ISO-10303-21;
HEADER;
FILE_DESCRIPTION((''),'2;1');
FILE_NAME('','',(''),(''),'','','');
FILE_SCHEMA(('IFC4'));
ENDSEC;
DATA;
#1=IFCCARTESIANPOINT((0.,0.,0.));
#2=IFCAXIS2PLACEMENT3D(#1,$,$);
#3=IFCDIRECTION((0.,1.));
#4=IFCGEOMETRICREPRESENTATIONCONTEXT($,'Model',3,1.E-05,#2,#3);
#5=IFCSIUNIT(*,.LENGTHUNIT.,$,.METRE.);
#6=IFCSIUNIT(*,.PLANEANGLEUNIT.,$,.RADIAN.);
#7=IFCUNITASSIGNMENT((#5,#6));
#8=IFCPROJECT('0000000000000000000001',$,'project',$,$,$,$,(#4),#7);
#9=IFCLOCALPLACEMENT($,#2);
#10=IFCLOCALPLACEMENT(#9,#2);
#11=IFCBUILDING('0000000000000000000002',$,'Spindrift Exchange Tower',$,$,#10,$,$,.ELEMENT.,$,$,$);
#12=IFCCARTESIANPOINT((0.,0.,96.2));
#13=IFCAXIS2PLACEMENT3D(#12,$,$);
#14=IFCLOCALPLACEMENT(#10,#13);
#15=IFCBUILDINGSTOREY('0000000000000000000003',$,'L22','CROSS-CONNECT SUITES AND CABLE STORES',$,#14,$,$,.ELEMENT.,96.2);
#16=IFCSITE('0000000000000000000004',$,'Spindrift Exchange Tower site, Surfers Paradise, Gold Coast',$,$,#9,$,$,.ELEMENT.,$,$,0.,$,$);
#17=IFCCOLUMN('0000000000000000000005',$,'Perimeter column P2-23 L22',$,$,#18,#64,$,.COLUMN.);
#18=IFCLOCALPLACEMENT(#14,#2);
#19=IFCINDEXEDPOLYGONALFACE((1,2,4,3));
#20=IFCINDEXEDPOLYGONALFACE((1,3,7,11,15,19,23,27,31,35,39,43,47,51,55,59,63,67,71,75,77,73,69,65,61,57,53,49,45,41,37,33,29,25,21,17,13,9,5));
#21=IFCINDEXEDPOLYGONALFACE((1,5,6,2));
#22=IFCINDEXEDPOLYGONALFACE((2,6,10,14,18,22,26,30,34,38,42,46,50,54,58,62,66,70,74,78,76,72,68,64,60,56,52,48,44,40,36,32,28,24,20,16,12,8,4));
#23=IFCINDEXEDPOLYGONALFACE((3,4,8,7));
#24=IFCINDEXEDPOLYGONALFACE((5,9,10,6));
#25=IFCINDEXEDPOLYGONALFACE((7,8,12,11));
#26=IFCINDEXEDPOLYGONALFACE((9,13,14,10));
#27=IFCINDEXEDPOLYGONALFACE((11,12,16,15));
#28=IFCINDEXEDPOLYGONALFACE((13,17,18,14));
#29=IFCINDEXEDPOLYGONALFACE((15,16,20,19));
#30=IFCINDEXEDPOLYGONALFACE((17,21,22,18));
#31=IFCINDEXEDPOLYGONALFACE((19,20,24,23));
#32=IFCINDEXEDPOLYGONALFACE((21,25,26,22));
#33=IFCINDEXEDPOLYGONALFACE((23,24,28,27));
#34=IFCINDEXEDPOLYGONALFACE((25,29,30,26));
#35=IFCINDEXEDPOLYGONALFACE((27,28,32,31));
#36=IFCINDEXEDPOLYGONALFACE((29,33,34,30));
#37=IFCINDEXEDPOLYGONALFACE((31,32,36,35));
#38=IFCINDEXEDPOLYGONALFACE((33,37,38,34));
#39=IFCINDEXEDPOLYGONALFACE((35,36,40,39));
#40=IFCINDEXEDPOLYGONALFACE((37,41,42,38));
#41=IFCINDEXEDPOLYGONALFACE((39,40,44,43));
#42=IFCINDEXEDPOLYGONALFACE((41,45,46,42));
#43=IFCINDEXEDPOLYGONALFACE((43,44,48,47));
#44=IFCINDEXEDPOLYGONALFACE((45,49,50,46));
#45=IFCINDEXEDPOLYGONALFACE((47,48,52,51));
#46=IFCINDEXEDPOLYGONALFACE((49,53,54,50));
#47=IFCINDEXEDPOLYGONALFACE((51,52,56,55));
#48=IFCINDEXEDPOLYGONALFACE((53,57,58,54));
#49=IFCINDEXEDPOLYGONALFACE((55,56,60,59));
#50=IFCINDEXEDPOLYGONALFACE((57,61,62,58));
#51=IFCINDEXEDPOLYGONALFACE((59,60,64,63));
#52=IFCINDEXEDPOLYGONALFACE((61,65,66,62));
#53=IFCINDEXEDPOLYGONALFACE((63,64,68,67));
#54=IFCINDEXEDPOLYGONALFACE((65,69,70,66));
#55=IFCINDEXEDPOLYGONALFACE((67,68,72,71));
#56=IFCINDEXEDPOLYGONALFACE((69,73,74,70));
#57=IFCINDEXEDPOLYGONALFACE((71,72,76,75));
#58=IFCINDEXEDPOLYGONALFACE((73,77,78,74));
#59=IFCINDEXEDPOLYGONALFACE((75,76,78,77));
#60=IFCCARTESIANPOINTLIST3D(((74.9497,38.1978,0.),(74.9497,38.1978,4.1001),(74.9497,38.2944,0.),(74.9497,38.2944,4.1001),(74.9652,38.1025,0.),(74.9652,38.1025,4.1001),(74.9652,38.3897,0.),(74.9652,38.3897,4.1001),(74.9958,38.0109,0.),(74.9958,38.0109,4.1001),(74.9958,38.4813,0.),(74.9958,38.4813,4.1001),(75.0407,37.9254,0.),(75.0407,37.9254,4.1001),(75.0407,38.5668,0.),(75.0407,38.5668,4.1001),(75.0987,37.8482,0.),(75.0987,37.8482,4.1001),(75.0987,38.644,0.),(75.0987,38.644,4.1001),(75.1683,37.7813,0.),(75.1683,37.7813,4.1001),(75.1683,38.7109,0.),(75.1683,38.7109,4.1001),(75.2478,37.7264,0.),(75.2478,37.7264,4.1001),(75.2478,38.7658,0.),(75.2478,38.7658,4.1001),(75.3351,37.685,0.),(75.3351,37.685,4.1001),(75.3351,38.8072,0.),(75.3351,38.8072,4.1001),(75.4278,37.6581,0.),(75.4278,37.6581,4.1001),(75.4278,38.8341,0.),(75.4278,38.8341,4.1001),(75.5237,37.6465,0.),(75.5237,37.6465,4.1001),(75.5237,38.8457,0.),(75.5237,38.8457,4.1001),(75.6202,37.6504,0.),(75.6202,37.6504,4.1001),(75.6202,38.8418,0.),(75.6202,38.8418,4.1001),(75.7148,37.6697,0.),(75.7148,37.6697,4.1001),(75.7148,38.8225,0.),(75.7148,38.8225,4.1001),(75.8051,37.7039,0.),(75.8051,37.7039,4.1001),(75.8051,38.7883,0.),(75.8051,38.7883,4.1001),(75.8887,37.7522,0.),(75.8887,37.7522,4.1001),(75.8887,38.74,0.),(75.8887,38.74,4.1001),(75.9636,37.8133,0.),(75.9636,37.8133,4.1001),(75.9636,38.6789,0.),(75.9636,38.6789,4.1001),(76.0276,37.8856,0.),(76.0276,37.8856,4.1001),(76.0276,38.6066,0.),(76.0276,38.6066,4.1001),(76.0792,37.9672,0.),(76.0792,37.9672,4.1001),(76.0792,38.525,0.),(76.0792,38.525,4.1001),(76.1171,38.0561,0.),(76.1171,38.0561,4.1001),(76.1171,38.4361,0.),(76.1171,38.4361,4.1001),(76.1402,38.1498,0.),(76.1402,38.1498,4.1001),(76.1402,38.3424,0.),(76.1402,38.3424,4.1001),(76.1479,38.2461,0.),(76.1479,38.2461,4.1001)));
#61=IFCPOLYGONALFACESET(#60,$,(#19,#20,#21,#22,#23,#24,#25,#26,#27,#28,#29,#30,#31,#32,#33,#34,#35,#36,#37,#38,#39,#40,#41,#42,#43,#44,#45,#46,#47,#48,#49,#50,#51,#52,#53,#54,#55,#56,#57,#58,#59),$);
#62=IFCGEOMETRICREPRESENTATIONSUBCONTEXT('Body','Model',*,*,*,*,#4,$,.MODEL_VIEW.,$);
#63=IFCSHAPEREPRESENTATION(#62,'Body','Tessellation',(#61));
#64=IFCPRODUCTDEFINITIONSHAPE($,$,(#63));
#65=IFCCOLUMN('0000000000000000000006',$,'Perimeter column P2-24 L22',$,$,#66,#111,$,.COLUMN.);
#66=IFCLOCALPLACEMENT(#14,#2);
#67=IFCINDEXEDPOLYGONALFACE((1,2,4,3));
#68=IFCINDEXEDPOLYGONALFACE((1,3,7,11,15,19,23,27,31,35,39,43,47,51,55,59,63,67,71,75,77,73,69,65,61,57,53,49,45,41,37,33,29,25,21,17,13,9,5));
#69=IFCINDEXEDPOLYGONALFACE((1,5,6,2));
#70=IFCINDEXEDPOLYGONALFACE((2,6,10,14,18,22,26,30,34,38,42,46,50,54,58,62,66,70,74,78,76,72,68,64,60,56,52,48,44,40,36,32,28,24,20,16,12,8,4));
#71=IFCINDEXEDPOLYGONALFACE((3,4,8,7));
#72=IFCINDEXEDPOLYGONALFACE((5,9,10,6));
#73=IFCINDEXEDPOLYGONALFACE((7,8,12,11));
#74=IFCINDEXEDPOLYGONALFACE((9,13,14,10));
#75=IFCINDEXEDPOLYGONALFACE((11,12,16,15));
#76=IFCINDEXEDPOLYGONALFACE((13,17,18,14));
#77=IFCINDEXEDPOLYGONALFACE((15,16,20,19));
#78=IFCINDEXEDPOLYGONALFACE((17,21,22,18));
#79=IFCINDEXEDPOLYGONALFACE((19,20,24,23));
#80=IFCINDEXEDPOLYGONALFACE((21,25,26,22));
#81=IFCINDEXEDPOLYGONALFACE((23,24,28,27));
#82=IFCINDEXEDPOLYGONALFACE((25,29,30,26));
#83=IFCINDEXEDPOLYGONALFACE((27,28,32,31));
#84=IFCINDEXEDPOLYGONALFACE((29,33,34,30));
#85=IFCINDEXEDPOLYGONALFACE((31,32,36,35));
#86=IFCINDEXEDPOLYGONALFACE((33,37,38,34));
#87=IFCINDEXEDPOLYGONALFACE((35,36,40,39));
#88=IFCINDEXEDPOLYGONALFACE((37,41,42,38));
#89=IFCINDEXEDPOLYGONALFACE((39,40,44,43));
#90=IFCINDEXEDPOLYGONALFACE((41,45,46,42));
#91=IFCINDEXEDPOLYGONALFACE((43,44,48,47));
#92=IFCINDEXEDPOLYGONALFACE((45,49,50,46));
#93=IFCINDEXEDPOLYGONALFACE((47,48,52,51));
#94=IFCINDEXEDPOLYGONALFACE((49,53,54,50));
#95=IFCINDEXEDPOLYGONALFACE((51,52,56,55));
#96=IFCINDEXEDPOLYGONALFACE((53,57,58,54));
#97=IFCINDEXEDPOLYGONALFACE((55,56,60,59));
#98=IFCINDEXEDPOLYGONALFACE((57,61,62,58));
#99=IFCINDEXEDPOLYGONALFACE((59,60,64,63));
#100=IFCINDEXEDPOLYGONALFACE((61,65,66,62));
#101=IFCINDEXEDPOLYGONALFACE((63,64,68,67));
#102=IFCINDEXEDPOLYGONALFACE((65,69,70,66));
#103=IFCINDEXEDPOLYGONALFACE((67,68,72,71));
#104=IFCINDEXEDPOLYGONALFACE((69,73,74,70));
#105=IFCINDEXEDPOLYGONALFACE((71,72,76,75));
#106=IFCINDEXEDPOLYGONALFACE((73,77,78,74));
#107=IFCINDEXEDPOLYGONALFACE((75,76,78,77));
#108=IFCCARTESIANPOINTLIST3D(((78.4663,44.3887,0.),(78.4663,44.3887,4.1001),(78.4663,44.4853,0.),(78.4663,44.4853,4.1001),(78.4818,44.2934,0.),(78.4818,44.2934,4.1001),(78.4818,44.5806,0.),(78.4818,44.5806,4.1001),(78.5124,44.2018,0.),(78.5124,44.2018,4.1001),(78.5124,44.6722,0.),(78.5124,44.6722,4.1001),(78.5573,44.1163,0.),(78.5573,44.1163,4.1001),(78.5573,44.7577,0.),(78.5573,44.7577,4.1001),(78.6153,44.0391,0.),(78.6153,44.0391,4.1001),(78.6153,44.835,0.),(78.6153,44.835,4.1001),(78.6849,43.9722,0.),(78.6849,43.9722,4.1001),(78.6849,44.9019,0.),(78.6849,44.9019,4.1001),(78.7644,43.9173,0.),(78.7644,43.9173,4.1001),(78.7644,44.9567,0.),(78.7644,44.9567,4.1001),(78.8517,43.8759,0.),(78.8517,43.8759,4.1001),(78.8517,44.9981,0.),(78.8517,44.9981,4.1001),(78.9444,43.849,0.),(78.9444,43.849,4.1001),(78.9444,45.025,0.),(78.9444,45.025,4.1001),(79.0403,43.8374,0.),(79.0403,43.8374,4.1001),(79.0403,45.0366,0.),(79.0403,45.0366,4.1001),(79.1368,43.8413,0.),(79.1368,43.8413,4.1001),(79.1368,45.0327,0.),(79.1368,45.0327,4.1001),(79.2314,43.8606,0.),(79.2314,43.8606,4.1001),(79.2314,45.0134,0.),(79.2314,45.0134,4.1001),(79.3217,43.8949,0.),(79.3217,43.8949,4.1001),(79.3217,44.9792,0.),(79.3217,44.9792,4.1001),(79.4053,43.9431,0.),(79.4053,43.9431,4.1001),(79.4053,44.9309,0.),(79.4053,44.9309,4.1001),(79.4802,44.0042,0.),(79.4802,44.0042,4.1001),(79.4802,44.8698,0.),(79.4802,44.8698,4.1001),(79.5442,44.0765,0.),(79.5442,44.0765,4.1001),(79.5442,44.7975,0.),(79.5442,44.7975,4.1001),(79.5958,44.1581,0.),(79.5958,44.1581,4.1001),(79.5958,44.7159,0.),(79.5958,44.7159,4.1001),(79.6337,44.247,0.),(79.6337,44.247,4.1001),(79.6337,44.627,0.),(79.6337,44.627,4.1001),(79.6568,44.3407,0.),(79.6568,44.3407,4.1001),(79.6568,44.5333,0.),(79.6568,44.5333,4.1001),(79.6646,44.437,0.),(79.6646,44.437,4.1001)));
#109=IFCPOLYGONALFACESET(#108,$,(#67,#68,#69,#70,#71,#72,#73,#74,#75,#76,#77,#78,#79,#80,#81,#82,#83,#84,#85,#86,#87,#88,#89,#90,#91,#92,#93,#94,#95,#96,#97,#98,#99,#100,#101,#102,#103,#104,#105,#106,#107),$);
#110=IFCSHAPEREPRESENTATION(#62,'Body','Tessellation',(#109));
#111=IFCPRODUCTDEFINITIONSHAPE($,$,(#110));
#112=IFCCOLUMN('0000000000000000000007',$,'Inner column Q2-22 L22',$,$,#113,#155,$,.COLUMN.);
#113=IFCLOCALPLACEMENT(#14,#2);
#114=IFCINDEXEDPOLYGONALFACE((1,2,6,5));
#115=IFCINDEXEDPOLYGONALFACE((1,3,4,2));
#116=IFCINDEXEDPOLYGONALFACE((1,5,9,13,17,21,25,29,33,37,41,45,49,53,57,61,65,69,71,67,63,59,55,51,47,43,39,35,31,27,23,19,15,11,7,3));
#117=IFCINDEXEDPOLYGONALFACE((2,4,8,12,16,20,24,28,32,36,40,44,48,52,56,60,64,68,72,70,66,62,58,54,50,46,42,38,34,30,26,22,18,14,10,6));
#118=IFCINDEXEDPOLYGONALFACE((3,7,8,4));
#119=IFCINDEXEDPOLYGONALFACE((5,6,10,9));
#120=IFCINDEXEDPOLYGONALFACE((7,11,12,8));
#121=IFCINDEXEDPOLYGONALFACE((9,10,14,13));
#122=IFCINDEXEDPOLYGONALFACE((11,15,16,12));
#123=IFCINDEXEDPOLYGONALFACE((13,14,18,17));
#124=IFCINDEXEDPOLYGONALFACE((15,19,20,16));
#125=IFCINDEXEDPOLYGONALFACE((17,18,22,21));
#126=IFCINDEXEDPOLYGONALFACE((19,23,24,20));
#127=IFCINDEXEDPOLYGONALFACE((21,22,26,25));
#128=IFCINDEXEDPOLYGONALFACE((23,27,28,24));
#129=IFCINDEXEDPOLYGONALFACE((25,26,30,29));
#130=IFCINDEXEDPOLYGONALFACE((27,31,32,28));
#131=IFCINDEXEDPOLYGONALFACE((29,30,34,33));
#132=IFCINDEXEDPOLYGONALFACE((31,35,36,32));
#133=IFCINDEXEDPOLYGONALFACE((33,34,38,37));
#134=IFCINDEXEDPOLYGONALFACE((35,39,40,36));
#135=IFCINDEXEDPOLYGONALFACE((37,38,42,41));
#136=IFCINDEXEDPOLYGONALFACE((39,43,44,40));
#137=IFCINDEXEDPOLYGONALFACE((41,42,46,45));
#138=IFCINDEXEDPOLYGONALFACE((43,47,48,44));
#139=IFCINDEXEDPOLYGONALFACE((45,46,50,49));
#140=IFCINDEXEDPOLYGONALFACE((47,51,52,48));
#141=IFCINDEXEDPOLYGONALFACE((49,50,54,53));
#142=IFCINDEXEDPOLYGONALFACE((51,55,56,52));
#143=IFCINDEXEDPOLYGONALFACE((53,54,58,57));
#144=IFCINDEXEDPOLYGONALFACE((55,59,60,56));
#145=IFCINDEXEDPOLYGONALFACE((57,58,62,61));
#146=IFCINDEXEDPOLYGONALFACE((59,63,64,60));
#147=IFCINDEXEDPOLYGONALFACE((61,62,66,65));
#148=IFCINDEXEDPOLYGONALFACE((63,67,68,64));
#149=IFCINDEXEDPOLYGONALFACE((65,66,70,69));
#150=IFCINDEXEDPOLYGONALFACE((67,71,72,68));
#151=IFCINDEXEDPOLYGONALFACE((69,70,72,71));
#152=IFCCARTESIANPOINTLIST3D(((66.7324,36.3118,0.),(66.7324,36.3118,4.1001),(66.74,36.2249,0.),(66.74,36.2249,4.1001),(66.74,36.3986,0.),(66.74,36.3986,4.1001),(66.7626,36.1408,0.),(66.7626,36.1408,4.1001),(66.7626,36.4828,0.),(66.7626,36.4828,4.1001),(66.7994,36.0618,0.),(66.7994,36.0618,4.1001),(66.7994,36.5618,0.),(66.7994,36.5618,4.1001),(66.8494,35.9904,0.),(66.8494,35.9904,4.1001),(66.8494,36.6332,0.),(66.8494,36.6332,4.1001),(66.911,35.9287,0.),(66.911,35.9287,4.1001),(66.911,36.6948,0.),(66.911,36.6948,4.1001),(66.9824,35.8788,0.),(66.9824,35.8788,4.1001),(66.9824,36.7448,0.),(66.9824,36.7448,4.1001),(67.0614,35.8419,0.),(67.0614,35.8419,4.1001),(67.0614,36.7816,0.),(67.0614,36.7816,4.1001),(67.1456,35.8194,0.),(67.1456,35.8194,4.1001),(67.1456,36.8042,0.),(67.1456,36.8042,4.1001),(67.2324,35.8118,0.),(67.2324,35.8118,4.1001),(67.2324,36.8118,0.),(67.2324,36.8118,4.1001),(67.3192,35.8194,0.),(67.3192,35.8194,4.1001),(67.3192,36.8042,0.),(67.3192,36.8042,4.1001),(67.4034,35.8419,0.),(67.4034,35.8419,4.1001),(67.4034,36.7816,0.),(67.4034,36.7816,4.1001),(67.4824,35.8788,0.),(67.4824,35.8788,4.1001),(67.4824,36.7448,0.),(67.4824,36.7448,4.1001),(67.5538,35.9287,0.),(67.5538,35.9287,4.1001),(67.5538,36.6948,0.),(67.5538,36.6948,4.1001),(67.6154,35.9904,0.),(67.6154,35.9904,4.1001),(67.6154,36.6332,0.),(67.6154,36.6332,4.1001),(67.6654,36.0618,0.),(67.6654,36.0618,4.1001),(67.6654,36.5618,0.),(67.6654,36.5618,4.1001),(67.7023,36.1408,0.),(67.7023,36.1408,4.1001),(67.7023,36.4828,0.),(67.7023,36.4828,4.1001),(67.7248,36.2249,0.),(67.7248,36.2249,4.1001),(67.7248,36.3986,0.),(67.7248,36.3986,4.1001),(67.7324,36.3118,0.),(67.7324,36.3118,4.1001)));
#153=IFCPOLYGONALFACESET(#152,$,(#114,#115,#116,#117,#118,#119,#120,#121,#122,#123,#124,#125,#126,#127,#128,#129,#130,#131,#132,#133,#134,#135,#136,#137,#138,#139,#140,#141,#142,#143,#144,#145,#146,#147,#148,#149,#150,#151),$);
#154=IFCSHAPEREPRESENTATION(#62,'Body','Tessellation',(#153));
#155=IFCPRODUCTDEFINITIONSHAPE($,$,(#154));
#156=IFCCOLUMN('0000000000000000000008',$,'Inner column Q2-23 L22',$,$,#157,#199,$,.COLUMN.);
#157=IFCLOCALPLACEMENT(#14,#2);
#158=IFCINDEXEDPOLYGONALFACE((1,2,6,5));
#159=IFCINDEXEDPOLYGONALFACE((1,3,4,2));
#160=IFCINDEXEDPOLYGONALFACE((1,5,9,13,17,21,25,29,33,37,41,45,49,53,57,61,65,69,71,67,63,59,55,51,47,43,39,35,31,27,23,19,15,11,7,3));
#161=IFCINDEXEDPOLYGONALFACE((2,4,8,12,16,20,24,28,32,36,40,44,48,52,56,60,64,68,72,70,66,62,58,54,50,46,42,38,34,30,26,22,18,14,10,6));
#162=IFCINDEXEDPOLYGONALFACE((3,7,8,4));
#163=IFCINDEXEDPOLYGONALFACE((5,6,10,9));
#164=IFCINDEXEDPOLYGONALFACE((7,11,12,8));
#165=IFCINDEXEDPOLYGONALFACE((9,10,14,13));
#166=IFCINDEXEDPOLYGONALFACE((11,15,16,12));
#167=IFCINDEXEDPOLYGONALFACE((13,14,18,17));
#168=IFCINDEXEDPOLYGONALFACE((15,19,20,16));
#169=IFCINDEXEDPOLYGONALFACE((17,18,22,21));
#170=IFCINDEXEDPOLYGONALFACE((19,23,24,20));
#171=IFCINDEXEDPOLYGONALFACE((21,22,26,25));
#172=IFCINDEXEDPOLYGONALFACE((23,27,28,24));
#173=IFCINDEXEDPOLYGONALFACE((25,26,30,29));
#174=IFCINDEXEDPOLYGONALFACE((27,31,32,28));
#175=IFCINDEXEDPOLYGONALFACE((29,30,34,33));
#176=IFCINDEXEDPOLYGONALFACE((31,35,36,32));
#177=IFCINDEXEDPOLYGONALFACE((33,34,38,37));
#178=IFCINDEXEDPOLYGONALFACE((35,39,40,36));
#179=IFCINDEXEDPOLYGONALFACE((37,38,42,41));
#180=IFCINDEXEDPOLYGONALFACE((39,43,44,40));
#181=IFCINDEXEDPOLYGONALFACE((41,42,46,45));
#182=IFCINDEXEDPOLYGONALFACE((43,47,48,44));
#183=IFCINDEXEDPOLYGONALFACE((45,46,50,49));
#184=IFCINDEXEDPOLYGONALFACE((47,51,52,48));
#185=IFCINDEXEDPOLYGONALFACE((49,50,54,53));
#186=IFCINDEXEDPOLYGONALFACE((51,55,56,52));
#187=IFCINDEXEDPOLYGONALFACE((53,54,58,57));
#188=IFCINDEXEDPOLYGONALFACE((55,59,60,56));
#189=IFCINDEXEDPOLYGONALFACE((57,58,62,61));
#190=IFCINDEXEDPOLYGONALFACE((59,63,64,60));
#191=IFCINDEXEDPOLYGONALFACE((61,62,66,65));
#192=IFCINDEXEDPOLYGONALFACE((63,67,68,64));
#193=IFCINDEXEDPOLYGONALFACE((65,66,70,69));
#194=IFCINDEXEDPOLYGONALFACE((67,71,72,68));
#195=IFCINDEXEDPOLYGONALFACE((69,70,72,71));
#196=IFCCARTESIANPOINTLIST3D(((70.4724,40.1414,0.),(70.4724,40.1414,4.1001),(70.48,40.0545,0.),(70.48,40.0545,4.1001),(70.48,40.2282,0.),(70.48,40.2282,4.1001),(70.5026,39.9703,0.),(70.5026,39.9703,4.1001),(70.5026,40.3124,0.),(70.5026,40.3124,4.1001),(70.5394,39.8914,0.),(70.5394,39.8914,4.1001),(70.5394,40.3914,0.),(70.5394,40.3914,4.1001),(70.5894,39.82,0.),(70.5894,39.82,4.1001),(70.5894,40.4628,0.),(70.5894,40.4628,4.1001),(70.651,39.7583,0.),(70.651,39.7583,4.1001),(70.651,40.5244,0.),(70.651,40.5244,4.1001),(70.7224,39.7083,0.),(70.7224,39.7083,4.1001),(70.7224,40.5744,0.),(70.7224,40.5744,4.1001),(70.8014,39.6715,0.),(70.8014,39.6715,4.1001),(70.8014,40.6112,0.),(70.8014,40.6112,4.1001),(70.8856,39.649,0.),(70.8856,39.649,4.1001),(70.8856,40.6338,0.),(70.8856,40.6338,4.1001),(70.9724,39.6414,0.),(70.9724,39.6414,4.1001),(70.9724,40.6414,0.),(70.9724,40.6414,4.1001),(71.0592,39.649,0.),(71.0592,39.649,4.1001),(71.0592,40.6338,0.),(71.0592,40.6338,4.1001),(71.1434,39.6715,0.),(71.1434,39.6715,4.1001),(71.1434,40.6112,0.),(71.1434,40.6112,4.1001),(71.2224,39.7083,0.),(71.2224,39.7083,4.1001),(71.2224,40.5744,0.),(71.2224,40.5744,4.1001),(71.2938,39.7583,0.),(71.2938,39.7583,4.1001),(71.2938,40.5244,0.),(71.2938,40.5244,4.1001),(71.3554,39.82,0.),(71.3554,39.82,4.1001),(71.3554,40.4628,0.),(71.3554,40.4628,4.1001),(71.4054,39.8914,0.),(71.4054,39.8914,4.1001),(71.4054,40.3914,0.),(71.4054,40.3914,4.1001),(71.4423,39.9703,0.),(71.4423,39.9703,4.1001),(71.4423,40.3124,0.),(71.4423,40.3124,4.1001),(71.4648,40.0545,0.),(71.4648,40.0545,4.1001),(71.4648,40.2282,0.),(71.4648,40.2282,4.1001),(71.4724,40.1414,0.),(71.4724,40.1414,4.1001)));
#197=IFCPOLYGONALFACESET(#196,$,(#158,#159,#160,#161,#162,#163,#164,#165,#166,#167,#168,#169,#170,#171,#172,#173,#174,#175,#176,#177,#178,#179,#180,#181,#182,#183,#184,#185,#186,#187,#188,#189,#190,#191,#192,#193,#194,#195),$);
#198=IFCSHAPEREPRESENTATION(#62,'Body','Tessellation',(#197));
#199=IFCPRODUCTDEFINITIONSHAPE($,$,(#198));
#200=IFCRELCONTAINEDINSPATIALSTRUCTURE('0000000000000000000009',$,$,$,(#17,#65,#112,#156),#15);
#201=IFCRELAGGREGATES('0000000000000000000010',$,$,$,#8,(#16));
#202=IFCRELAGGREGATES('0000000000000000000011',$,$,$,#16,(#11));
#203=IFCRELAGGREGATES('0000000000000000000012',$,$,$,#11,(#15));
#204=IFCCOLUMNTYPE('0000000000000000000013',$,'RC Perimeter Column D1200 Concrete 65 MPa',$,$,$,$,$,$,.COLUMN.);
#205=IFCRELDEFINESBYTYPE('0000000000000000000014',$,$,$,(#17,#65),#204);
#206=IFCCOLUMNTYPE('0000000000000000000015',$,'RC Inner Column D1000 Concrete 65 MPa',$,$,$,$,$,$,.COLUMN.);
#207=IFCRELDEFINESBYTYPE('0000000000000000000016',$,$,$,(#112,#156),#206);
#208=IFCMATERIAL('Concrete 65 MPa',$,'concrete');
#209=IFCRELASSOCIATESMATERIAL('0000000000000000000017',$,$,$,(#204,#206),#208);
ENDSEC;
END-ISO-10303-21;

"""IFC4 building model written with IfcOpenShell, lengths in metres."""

from ifc_helpers import new_model, si_unit, direction, frame, origin, origin_2d, place, context, subcontext, project, spatial, circle, extrude, source, transform, mapped, material, material_profile, profile_set, type_object, element, save


model = new_model("IFC4")

# Units and contexts
model_context = context("Model", 3, precision=1e-05, world=origin(), true_north=direction((0.0, 1.0)))
body_context = subcontext(model_context, "Body", "Model", "MODEL_VIEW")
ifc_project = project(units=[si_unit("LENGTHUNIT", "METRE"), si_unit("PLANEANGLEUNIT", "RADIAN")], contexts=[model_context])

# Site, building, storey
site_placement = place(None, origin())
site = spatial("IfcSite", under=ifc_project, at=site_placement, Name="Spindrift Exchange Tower site, Surfers Paradise, Gold Coast", CompositionType="ELEMENT", RefElevation=0.0)
building_placement = place(site_placement, origin())
building = spatial("IfcBuilding", under=site, at=building_placement, Name="Spindrift Exchange Tower", CompositionType="ELEMENT")
storey_placement = place(building_placement, frame((0.0, 0.0, 96.2)))
storey = spatial("IfcBuildingStorey", under=building, at=storey_placement, Name="L22", Description="CROSS-CONNECT SUITES AND CABLE STORES", CompositionType="ELEMENT", Elevation=96.2)

# Columns
ifc_material_1 = material(Name="Concrete 65 MPa", Category="concrete")
ifc_material_profile_1 = material_profile(ifc_material_1, circle(Radius=0.6001, at=origin_2d()), Name="RC D1200")
ifc_profile_set_1 = profile_set([ifc_material_profile_1], Name="Concrete 65 MPa")
column_type_1 = type_object("IfcColumnType", Name="RC Perimeter Column D1200 Concrete 65 MPa", PredefinedType="COLUMN", material=ifc_profile_set_1)
shared_shape_1 = source(origin(), body_context, "Body", "SweptSolid", [
    extrude(circle(Radius=0.6001, at=origin_2d()), origin(), (0.0, 0.0, 1.0), 4.1001),
])
for number, where, z_axis, x_axis, name in (
    (1, (75.5479, 38.2461, 0.0), (0.0, 0.0, 1.0), (1.0, 0.0, 0.0), "Perimeter column P2-23 L22"),
    (2, (79.0645, 44.437, 0.0), (0.0, 0.0, 1.0), (1.0, 0.0, 0.0), "Perimeter column P2-24 L22"),
):
    element("IfcColumn", number, at=place(storey_placement, frame(where, z_axis=z_axis, x_axis=x_axis)), inside=storey, type_object=column_type_1, Name=name, PredefinedType="COLUMN", context=body_context, shape_type="MappedRepresentation", body=[
        mapped(shared_shape_1, transform((0.0, 0.0, 0.0), scale=1.0)),
    ])
ifc_material_profile_2 = material_profile(ifc_material_1, circle(Radius=0.5, at=origin_2d()), Name="RC D1000")
ifc_profile_set_2 = profile_set([ifc_material_profile_2], Name="Concrete 65 MPa")
column_type_2 = type_object("IfcColumnType", Name="RC Inner Column D1000 Concrete 65 MPa", PredefinedType="COLUMN", material=ifc_profile_set_2)
shared_shape_2 = source(origin(), body_context, "Body", "SweptSolid", [
    extrude(circle(Radius=0.5, at=origin_2d()), origin(), (0.0, 0.0, 1.0), 4.1001),
])
for number, where, z_axis, x_axis, name in (
    (3, (67.2324, 36.3118, 0.0), (0.0, 0.0, 1.0), (1.0, 0.0, 0.0), "Inner column Q2-22 L22"),
    (4, (70.9724, 40.1414, 0.0), (0.0, 0.0, 1.0), (1.0, 0.0, 0.0), "Inner column Q2-23 L22"),
):
    element("IfcColumn", number, at=place(storey_placement, frame(where, z_axis=z_axis, x_axis=x_axis)), inside=storey, type_object=column_type_2, Name=name, PredefinedType="COLUMN", context=body_context, shape_type="MappedRepresentation", body=[
        mapped(shared_shape_2, transform((0.0, 0.0, 0.0), scale=1.0)),
    ])

save(model, "model.ifc")
